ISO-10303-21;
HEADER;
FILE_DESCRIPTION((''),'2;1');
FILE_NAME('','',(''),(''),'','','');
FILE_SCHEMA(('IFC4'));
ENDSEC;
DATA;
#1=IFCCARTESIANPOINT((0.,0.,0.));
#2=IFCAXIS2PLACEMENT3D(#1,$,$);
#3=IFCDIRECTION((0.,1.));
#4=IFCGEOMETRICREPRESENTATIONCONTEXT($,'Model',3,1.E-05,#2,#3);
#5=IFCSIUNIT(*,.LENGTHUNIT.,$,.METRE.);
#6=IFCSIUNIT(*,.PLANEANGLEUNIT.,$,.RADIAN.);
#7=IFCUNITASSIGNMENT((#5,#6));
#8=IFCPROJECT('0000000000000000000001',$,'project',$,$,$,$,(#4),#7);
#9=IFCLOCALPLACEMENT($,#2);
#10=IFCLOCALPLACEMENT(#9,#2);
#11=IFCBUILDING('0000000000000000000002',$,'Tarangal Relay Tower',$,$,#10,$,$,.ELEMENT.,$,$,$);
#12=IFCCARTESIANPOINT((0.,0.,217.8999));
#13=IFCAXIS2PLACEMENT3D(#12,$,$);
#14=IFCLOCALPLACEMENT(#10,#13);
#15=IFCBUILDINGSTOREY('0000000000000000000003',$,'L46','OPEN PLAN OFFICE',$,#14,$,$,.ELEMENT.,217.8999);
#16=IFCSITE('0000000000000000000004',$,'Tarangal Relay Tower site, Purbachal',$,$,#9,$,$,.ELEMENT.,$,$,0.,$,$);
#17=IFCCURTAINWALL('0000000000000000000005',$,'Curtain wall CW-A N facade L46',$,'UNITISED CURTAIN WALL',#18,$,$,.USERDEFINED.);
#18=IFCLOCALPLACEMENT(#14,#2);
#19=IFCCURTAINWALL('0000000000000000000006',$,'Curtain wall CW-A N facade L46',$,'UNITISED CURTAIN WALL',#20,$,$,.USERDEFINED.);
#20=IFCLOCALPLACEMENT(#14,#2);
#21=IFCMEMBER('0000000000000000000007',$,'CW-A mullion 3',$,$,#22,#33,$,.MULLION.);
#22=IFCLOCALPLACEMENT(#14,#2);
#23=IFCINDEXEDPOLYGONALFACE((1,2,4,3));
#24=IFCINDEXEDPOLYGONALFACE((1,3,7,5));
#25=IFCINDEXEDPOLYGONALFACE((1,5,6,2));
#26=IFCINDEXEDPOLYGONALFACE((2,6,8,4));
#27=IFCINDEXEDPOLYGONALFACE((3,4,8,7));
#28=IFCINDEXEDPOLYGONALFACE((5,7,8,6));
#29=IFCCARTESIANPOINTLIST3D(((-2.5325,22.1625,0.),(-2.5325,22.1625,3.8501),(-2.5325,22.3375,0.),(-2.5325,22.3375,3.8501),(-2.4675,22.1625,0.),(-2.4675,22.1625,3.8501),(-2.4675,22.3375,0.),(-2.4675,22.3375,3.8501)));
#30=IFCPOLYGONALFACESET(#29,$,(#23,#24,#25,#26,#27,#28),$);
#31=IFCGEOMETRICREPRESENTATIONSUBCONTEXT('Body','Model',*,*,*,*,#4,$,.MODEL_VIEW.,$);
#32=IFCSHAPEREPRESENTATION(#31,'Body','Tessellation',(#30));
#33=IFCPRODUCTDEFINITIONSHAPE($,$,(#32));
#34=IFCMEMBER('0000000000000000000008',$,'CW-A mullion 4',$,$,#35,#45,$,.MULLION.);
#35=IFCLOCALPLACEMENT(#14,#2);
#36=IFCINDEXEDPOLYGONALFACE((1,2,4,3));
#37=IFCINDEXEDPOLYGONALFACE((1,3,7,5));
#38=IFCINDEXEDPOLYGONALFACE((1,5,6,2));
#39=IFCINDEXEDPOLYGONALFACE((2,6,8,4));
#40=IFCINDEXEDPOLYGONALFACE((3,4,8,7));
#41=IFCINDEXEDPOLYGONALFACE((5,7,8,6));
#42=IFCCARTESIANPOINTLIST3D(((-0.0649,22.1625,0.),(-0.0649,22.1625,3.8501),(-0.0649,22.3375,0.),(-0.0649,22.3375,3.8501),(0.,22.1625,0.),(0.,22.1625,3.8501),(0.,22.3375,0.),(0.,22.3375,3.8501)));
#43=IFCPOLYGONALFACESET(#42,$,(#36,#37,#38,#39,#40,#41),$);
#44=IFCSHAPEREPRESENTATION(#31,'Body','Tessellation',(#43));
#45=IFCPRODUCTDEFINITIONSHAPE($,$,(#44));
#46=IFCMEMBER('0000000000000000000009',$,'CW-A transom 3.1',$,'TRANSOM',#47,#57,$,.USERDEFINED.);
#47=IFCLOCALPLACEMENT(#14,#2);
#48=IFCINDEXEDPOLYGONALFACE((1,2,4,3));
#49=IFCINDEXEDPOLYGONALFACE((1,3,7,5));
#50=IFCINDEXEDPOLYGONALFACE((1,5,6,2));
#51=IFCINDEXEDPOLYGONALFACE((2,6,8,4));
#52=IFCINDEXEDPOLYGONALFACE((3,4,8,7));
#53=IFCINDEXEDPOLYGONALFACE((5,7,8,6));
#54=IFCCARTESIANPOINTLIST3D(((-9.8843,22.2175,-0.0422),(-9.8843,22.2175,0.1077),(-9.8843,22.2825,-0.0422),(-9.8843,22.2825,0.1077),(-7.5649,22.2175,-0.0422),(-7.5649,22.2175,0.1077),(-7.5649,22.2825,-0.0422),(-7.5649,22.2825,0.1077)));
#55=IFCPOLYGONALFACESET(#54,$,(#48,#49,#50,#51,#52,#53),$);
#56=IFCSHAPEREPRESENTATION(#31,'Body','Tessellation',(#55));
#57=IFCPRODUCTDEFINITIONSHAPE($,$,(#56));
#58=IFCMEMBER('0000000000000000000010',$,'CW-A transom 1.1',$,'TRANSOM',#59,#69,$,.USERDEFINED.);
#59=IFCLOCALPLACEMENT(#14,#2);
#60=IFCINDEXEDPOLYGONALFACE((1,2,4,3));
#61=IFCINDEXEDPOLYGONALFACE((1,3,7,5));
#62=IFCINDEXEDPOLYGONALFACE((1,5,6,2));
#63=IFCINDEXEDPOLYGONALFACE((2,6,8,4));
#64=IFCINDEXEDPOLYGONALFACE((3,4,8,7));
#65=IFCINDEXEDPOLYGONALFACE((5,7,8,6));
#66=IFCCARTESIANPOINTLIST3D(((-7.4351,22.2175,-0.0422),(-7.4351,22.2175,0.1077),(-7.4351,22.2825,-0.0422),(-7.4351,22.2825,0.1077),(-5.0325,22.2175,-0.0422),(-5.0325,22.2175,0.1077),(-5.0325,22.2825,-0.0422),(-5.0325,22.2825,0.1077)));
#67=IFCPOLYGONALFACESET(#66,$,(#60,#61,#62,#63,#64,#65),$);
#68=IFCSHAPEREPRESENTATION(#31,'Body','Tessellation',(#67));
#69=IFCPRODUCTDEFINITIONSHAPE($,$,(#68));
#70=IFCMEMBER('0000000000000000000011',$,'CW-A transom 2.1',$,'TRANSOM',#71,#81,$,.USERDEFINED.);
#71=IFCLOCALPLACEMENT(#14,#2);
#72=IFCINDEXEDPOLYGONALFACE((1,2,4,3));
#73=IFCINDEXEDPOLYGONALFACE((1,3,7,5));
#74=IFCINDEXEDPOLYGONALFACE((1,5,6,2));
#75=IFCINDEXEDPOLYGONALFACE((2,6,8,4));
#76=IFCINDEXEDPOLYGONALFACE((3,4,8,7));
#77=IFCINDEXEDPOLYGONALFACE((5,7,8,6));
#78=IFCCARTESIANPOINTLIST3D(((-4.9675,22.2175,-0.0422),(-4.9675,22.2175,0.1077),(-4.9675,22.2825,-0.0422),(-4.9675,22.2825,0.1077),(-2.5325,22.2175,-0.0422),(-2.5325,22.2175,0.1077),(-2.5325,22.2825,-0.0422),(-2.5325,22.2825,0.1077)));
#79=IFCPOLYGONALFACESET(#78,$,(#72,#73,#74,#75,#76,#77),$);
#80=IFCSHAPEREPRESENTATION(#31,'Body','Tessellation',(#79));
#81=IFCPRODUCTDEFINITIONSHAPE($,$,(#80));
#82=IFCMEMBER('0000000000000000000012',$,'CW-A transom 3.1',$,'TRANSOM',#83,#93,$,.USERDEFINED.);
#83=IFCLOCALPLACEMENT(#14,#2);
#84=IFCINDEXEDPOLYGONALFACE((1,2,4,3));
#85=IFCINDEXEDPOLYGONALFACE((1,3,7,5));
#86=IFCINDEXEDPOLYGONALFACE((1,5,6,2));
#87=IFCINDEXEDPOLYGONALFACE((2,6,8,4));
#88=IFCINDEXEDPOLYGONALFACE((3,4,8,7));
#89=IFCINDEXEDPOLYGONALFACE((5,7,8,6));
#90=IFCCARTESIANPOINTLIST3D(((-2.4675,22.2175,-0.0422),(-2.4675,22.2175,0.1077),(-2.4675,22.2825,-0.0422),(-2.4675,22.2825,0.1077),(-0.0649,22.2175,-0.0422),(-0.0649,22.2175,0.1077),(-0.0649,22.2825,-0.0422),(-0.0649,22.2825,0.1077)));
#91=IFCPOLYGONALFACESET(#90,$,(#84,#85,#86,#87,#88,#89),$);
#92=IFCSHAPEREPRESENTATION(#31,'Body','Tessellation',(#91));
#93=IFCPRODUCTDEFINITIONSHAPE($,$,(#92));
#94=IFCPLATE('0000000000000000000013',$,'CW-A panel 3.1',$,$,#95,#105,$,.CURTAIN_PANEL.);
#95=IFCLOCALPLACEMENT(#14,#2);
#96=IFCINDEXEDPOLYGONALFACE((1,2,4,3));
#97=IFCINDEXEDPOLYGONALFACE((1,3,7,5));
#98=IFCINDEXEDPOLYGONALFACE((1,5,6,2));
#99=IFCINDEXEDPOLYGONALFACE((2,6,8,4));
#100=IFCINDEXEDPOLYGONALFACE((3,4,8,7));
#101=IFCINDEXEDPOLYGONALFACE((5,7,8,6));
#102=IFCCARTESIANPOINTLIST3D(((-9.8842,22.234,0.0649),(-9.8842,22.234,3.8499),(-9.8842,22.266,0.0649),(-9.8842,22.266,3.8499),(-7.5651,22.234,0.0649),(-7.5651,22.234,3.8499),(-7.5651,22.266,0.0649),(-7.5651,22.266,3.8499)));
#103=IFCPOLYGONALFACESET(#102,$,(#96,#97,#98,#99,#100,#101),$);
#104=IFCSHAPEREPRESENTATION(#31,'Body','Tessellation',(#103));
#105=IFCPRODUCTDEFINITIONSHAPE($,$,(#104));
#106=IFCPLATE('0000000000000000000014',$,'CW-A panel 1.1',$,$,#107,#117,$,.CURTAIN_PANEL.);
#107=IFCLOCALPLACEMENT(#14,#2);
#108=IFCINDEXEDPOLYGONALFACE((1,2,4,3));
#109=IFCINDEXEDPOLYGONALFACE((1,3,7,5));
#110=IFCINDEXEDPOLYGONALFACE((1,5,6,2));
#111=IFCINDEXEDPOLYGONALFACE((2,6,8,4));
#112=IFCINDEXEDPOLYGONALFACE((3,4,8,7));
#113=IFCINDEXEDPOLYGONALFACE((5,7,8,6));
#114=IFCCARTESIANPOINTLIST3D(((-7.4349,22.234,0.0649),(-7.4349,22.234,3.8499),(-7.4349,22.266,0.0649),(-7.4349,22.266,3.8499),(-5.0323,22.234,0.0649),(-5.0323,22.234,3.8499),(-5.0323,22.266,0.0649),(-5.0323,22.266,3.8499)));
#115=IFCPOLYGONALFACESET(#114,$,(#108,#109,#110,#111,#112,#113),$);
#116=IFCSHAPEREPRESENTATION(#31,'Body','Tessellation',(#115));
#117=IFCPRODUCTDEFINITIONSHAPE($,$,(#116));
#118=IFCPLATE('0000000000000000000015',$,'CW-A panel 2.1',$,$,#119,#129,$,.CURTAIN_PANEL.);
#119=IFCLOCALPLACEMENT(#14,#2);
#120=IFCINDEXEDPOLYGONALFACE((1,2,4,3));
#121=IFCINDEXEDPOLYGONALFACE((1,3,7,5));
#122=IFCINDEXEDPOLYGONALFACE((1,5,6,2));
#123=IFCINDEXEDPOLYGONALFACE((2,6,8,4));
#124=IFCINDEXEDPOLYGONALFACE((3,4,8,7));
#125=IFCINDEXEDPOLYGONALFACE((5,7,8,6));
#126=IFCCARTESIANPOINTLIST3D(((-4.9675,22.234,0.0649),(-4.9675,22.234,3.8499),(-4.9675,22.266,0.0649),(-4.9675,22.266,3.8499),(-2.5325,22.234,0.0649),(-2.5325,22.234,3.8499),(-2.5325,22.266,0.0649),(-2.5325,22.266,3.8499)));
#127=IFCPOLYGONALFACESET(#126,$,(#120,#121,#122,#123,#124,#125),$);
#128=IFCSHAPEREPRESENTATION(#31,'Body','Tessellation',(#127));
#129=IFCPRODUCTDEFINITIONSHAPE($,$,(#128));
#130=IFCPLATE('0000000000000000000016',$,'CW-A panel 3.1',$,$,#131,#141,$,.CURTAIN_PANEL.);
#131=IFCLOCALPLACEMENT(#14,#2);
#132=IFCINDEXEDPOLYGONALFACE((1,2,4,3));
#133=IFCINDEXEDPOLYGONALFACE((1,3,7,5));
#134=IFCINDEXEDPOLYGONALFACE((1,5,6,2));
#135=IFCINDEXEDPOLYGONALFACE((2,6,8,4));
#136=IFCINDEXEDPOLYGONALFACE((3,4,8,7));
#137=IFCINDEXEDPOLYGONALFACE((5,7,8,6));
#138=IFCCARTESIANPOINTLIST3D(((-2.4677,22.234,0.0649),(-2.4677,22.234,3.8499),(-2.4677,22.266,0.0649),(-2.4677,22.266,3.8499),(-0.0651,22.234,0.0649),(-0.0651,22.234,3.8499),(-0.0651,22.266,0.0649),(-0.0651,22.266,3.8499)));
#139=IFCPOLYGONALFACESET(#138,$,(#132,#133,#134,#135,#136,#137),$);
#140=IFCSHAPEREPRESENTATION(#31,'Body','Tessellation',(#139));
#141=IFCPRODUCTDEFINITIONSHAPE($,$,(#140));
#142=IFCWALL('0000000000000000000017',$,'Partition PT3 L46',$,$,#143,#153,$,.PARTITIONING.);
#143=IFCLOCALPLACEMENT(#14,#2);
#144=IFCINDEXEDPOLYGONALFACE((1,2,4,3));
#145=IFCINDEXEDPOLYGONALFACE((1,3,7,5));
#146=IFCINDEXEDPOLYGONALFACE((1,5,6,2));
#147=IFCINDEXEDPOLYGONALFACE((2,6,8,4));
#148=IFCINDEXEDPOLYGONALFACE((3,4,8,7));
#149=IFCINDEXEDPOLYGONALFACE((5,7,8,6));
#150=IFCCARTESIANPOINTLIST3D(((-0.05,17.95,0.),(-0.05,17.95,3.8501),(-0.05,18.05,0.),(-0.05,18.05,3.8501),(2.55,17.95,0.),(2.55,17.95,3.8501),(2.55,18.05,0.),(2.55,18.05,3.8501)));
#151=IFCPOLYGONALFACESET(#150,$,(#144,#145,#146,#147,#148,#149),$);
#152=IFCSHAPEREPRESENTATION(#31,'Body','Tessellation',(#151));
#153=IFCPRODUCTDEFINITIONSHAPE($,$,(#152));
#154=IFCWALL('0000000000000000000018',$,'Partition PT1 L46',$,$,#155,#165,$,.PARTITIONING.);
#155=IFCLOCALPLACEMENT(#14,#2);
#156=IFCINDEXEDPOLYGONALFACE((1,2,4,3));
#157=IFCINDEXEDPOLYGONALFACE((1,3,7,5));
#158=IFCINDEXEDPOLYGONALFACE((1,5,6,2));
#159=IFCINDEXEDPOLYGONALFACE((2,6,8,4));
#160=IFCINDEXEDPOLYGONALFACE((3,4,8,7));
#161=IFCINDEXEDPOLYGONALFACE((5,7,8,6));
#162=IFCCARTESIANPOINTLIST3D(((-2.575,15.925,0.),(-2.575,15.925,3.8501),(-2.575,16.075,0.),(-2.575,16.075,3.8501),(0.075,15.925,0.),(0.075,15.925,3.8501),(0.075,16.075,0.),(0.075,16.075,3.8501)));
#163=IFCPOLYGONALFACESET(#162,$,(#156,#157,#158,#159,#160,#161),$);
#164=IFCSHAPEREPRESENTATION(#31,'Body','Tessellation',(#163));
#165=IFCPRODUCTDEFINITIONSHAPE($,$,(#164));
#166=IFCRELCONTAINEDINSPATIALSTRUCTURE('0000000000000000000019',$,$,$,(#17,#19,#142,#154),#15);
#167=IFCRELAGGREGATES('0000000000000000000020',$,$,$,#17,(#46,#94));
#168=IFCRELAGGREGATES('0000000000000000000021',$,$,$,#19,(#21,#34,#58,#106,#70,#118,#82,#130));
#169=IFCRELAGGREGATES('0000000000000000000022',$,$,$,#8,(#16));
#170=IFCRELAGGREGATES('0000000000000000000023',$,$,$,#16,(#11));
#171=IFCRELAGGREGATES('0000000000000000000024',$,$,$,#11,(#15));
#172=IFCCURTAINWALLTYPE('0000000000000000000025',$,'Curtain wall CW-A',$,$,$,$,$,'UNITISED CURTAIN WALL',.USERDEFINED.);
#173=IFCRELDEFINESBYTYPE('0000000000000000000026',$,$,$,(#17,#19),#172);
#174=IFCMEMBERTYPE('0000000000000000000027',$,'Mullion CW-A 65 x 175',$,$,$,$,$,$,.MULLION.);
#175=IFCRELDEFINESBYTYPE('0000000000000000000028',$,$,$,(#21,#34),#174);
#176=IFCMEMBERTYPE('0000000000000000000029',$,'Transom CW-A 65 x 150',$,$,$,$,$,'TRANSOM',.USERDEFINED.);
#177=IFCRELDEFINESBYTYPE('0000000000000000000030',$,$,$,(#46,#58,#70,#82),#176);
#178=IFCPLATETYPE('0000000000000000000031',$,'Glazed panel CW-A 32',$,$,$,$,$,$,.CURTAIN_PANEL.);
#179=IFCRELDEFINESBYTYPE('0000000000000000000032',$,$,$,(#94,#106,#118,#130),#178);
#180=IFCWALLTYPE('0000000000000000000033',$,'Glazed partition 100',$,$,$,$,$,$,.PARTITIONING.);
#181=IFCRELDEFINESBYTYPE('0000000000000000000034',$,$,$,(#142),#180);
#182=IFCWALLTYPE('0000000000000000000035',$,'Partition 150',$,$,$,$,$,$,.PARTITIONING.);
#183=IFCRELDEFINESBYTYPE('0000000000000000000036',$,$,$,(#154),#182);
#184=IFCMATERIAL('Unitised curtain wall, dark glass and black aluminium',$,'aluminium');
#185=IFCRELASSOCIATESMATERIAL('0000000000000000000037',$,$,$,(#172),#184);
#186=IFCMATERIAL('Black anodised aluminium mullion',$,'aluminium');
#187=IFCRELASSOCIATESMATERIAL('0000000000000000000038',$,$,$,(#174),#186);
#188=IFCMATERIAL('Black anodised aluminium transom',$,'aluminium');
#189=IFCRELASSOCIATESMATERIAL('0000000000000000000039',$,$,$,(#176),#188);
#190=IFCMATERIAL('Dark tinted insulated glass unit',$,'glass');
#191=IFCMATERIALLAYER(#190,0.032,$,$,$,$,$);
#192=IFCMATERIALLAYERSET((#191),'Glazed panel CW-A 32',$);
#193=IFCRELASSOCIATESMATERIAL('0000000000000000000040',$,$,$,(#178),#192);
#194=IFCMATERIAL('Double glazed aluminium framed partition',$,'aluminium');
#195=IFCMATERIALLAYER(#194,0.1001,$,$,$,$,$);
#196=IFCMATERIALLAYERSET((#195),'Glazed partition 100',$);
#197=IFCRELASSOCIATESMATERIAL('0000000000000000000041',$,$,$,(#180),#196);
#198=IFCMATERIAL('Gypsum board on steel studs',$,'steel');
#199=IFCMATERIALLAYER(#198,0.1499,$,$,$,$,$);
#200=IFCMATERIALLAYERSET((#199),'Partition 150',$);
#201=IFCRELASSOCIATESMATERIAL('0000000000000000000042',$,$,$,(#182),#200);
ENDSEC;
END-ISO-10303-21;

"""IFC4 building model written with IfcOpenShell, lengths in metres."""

from ifc_helpers import new_model, si_unit, direction, frame, frame_2d, origin, origin_2d, place, context, subcontext, project, spatial, rectangle, extrude, material, layer, layer_set, material_profile, profile_set, type_object, element, aggregate, save


model = new_model("IFC4")

# Units and contexts
model_context = context("Model", 3, precision=1e-05, world=origin(), true_north=direction((0.0, 1.0)))
body_context = subcontext(model_context, "Body", "Model", "MODEL_VIEW")
ifc_project = project(units=[si_unit("LENGTHUNIT", "METRE"), si_unit("PLANEANGLEUNIT", "RADIAN")], contexts=[model_context])

# Site, building, storey
site_placement = place(None, origin())
site = spatial("IfcSite", under=ifc_project, at=site_placement, Name="Tarangal Relay Tower site, Purbachal", CompositionType="ELEMENT", RefElevation=0.0)
building_placement = place(site_placement, origin())
building = spatial("IfcBuilding", under=site, at=building_placement, Name="Tarangal Relay Tower", CompositionType="ELEMENT")
storey_placement = place(building_placement, frame((0.0, 0.0, 217.8999)))
storey = spatial("IfcBuildingStorey", under=building, at=storey_placement, Name="L46", Description="OPEN PLAN OFFICE", CompositionType="ELEMENT", Elevation=217.8999)

# Curtain walls, members
ifc_material_1 = material(Name="Unitised curtain wall, dark glass and black aluminium", Category="aluminium")
curtain_wall_type = type_object("IfcCurtainWallType", Name="Curtain wall CW-A", ElementType="UNITISED CURTAIN WALL", PredefinedType="USERDEFINED", material=ifc_material_1)
curtain_wall_1_placement = place(storey_placement, origin())
curtain_wall_1 = element("IfcCurtainWall", 1, at=curtain_wall_1_placement, inside=storey, type_object=curtain_wall_type, Name="Curtain wall CW-A N facade L46", ObjectType="UNITISED CURTAIN WALL", PredefinedType="USERDEFINED")
ifc_material_2 = material(Name="Black anodised aluminium mullion", Category="aluminium")
ifc_material_profile_1 = material_profile(ifc_material_2, rectangle(XDim=0.175, YDim=0.0649, at=origin_2d()), Name="CW-AM 65X175")
ifc_profile_set_1 = profile_set([ifc_material_profile_1], Name="Black anodised aluminium mullion")
member_type_1 = type_object("IfcMemberType", Name="Mullion CW-A 65 x 175", PredefinedType="MULLION", material=ifc_profile_set_1)
curtain_wall_2_placement = place(storey_placement, origin())
curtain_wall_2 = element("IfcCurtainWall", 2, at=curtain_wall_2_placement, inside=storey, type_object=curtain_wall_type, Name="Curtain wall CW-A N facade L46", ObjectType="UNITISED CURTAIN WALL", PredefinedType="USERDEFINED")
member_1_placement = place(storey_placement, frame((-2.5, 22.25, 0.0), z_axis=(0.0, 0.0, 1.0), x_axis=(0.0, 1.0, 0.0)))
member_1 = element("IfcMember", 3, at=member_1_placement, type_object=member_type_1, Name="CW-A mullion 3", PredefinedType="MULLION", context=body_context, shape_type="SweptSolid", body=[
    extrude(rectangle(XDim=0.175, YDim=0.0649, at=origin_2d()), origin(), (0.0, 0.0, 1.0), 3.8501),
])
member_2_placement = place(storey_placement, frame((-0.0325, 22.25, 0.0), z_axis=(0.0, 0.0, 1.0), x_axis=(0.0, 1.0, 0.0)))
member_2 = element("IfcMember", 4, at=member_2_placement, type_object=member_type_1, Name="CW-A mullion 4", PredefinedType="MULLION", context=body_context, shape_type="SweptSolid", body=[
    extrude(rectangle(XDim=0.175, YDim=0.0649, at=origin_2d()), origin(), (0.0, 0.0, 1.0), 3.8501),
])

# Members
ifc_material_3 = material(Name="Black anodised aluminium transom", Category="aluminium")
ifc_material_profile_2 = material_profile(ifc_material_3, rectangle(XDim=0.0649, YDim=0.1499, at=origin_2d()), Name="CW-AT 65X150")
ifc_profile_set_2 = profile_set([ifc_material_profile_2], Name="Black anodised aluminium transom")
member_type_2 = type_object("IfcMemberType", Name="Transom CW-A 65 x 150", ElementType="TRANSOM", PredefinedType="USERDEFINED", material=ifc_profile_set_2)
member_3_placement = place(storey_placement, frame((-9.8843, 22.25, 0.0327), z_axis=(1.0, 0.0, 0.0), x_axis=(0.0, 1.0, 0.0)))
member_3 = element("IfcMember", 5, at=member_3_placement, type_object=member_type_2, Name="CW-A transom 3.1", ObjectType="TRANSOM", PredefinedType="USERDEFINED", context=body_context, shape_type="SweptSolid", body=[
    extrude(rectangle(XDim=0.0649, YDim=0.1499, at=origin_2d()), origin(), (0.0, 0.0, 1.0), 2.3193),
])
member_4_placement = place(storey_placement, frame((-7.4351, 22.25, 0.0327), z_axis=(1.0, 0.0, 0.0), x_axis=(0.0, 1.0, 0.0)))
member_4 = element("IfcMember", 6, at=member_4_placement, type_object=member_type_2, Name="CW-A transom 1.1", ObjectType="TRANSOM", PredefinedType="USERDEFINED", context=body_context, shape_type="SweptSolid", body=[
    extrude(rectangle(XDim=0.0649, YDim=0.1499, at=origin_2d()), origin(), (0.0, 0.0, 1.0), 2.4026),
])
member_5_placement = place(storey_placement, frame((-4.9675, 22.25, 0.0327), z_axis=(1.0, 0.0, 0.0), x_axis=(0.0, 1.0, 0.0)))
member_5 = element("IfcMember", 7, at=member_5_placement, type_object=member_type_2, Name="CW-A transom 2.1", ObjectType="TRANSOM", PredefinedType="USERDEFINED", context=body_context, shape_type="SweptSolid", body=[
    extrude(rectangle(XDim=0.0649, YDim=0.1499, at=origin_2d()), origin(), (0.0, 0.0, 1.0), 2.4351),
])
member_6_placement = place(storey_placement, frame((-2.4675, 22.25, 0.0327), z_axis=(1.0, 0.0, 0.0), x_axis=(0.0, 1.0, 0.0)))
member_6 = element("IfcMember", 8, at=member_6_placement, type_object=member_type_2, Name="CW-A transom 3.1", ObjectType="TRANSOM", PredefinedType="USERDEFINED", context=body_context, shape_type="SweptSolid", body=[
    extrude(rectangle(XDim=0.0649, YDim=0.1499, at=origin_2d()), origin(), (0.0, 0.0, 1.0), 2.4026),
])

# Plates
ifc_material_4 = material(Name="Dark tinted insulated glass unit", Category="glass")
ifc_layer_1 = layer(ifc_material_4, 0.032)
ifc_layer_set_1 = layer_set([ifc_layer_1], Name="Glazed panel CW-A 32")
plate_type = type_object("IfcPlateType", Name="Glazed panel CW-A 32", PredefinedType="CURTAIN_PANEL", material=ifc_layer_set_1)
plate_1_placement = place(storey_placement, frame((-8.7246, 22.25, 0.0649), z_axis=(0.0, 0.0, 1.0), x_axis=(1.0, 0.0, 0.0)))
plate_1 = element("IfcPlate", 9, at=plate_1_placement, type_object=plate_type, Name="CW-A panel 3.1", PredefinedType="CURTAIN_PANEL", context=body_context, shape_type="SweptSolid", body=[
    extrude(rectangle(XDim=2.3191, YDim=0.032, at=origin_2d()), origin(), (0.0, 0.0, 1.0), 3.7849),
])
aggregate(curtain_wall_1, [member_3, plate_1])
plate_2_placement = place(storey_placement, frame((-6.2336, 22.25, 0.0649), z_axis=(0.0, 0.0, 1.0), x_axis=(1.0, 0.0, 0.0)))
plate_2 = element("IfcPlate", 10, at=plate_2_placement, type_object=plate_type, Name="CW-A panel 1.1", PredefinedType="CURTAIN_PANEL", context=body_context, shape_type="SweptSolid", body=[
    extrude(rectangle(XDim=2.4026, YDim=0.032, at=origin_2d()), origin(), (0.0, 0.0, 1.0), 3.7849),
])
plate_3_placement = place(storey_placement, frame((-3.75, 22.25, 0.0649), z_axis=(0.0, 0.0, 1.0), x_axis=(1.0, 0.0, 0.0)))
plate_3 = element("IfcPlate", 11, at=plate_3_placement, type_object=plate_type, Name="CW-A panel 2.1", PredefinedType="CURTAIN_PANEL", context=body_context, shape_type="SweptSolid", body=[
    extrude(rectangle(XDim=2.4351, YDim=0.032, at=origin_2d()), origin(), (0.0, 0.0, 1.0), 3.7849),
])
plate_4_placement = place(storey_placement, frame((-1.2664, 22.25, 0.0649), z_axis=(0.0, 0.0, 1.0), x_axis=(1.0, 0.0, 0.0)))
plate_4 = element("IfcPlate", 12, at=plate_4_placement, type_object=plate_type, Name="CW-A panel 3.1", PredefinedType="CURTAIN_PANEL", context=body_context, shape_type="SweptSolid", body=[
    extrude(rectangle(XDim=2.4026, YDim=0.032, at=origin_2d()), origin(), (0.0, 0.0, 1.0), 3.7849),
])
aggregate(curtain_wall_2, [member_1, member_2, member_4, plate_2, member_5, plate_3, member_6, plate_4])

# Walls
ifc_material_5 = material(Name="Double glazed aluminium framed partition", Category="aluminium")
ifc_layer_2 = layer(ifc_material_5, 0.1001)
ifc_layer_set_2 = layer_set([ifc_layer_2], Name="Glazed partition 100")
wall_type_1 = type_object("IfcWallType", Name="Glazed partition 100", PredefinedType="PARTITIONING", material=ifc_layer_set_2)
wall_1_placement = place(storey_placement, frame((-0.05, 18.0, 0.0), z_axis=(0.0, 0.0, 1.0), x_axis=(1.0, 0.0, 0.0)))
element("IfcWall", 13, at=wall_1_placement, inside=storey, type_object=wall_type_1, Name="Partition PT3 L46", PredefinedType="PARTITIONING", context=body_context, shape_type="SweptSolid", body=[
    extrude(rectangle(XDim=2.6001, YDim=0.1001, at=frame_2d((1.3, 0.0))), origin(), (0.0, 0.0, 1.0), 3.8501),
])
ifc_material_6 = material(Name="Gypsum board on steel studs", Category="steel")
ifc_layer_3 = layer(ifc_material_6, 0.1499)
ifc_layer_set_3 = layer_set([ifc_layer_3], Name="Partition 150")
wall_type_2 = type_object("IfcWallType", Name="Partition 150", PredefinedType="PARTITIONING", material=ifc_layer_set_3)
wall_2_placement = place(storey_placement, frame((-2.575, 16.0, 0.0), z_axis=(0.0, 0.0, 1.0), x_axis=(1.0, 0.0, 0.0)))
element("IfcWall", 14, at=wall_2_placement, inside=storey, type_object=wall_type_2, Name="Partition PT1 L46", PredefinedType="PARTITIONING", context=body_context, shape_type="SweptSolid", body=[
    extrude(rectangle(XDim=2.6499, YDim=0.1499, at=frame_2d((1.325, 0.0))), origin(), (0.0, 0.0, 1.0), 3.8501),
])

save(model, "model.ifc")
